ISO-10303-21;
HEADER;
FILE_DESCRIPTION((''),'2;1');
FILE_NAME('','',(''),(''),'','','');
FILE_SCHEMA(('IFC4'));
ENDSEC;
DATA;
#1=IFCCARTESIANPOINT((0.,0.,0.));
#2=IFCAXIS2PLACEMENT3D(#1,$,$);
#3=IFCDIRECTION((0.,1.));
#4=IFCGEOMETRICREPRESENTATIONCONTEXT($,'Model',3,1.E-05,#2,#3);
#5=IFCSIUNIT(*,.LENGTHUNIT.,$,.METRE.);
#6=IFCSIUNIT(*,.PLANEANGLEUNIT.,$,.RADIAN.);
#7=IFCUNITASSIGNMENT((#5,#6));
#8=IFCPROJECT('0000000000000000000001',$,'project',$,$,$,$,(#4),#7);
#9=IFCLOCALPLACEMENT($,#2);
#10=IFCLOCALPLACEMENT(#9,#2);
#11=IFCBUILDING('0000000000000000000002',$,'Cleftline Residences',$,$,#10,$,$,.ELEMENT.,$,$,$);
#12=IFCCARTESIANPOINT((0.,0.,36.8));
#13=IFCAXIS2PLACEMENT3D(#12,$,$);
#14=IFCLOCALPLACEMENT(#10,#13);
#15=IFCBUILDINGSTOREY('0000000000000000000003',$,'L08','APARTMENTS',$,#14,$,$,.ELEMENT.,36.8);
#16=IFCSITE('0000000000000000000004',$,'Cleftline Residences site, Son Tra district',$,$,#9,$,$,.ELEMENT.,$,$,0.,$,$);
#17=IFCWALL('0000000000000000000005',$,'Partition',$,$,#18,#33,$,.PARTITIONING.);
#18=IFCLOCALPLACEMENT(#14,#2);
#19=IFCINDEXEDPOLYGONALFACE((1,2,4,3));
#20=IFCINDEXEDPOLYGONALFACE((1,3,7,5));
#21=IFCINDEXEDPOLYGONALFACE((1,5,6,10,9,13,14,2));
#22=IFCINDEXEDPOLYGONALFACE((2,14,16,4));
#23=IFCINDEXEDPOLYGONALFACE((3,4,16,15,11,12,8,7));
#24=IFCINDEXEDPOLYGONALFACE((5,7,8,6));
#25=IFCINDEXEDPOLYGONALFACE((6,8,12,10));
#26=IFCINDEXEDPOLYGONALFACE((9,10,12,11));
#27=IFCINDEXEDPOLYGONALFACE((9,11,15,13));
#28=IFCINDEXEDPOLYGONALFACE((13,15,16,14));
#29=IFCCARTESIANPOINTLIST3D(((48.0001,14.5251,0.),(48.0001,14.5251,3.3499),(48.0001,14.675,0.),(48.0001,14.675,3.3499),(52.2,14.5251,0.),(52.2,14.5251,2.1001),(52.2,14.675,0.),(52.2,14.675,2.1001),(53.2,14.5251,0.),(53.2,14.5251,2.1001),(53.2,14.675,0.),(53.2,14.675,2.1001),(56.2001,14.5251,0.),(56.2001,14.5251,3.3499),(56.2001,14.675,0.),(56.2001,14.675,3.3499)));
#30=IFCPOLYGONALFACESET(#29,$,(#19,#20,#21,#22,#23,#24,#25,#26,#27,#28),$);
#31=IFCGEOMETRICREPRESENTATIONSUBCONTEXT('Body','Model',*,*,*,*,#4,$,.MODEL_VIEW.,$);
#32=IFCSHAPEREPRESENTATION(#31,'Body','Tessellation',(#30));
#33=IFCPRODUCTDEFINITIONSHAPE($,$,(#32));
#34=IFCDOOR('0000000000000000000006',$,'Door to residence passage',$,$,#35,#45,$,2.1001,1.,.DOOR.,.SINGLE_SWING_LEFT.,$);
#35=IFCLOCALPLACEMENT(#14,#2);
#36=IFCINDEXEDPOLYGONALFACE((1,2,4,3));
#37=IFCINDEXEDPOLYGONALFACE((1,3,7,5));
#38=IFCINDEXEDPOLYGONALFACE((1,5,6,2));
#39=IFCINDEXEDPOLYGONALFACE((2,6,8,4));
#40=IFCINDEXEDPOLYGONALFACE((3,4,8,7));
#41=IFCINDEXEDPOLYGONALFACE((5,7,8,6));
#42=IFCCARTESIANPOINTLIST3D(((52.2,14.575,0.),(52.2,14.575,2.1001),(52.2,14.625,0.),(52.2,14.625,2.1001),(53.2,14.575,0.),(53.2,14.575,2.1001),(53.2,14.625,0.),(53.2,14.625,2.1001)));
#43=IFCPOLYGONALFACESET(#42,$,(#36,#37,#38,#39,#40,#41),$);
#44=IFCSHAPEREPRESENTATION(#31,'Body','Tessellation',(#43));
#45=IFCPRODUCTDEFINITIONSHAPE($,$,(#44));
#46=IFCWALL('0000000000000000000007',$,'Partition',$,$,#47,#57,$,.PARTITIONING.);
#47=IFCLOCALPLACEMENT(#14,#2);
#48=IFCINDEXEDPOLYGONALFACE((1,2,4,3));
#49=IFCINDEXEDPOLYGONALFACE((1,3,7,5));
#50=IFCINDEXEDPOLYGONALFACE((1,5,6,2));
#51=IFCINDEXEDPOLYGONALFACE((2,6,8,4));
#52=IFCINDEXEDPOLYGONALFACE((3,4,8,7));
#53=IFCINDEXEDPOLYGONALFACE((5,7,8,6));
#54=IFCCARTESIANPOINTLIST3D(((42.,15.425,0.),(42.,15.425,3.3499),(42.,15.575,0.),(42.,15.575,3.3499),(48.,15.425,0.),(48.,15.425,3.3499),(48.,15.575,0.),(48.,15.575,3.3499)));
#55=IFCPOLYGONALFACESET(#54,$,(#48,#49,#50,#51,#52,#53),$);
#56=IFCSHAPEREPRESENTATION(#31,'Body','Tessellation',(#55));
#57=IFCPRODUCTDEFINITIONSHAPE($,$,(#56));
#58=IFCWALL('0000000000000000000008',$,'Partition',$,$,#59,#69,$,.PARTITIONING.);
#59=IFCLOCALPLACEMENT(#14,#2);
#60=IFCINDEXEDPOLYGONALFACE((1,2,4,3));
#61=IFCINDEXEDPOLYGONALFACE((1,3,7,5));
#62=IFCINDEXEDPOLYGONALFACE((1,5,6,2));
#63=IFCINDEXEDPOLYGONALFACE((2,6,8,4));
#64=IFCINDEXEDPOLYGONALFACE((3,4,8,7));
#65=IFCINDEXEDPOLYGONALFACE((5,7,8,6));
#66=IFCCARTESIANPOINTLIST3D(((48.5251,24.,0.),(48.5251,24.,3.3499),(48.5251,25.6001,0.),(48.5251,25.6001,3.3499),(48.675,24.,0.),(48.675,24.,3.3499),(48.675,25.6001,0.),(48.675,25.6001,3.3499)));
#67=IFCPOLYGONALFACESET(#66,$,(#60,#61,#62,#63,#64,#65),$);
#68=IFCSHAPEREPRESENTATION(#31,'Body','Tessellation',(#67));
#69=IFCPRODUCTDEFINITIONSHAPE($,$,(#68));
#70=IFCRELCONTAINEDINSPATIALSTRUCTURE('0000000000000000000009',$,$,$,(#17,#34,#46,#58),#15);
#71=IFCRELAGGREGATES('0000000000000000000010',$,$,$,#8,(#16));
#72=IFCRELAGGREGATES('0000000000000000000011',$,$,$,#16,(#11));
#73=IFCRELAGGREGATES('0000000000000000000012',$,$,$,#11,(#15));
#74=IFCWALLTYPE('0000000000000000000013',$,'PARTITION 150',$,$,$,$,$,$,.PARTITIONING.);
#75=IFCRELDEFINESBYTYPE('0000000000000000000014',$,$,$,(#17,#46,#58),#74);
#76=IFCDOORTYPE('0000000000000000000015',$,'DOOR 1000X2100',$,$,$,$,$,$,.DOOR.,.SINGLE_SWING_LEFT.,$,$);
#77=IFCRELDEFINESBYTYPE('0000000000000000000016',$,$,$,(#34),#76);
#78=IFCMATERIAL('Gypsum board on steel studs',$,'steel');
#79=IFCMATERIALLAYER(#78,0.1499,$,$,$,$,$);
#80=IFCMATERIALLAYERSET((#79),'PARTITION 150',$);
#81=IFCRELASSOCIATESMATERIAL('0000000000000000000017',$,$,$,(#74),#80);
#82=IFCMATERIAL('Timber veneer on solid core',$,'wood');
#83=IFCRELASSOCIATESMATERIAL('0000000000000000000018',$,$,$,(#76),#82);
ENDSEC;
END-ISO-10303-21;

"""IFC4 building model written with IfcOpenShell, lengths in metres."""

from ifc_helpers import new_model, si_unit, direction, frame, frame_2d, origin, place, context, subcontext, project, spatial, rectangle, extrude, material, layer, layer_set, type_object, element, fill, save


model = new_model("IFC4")

# Units and contexts
model_context = context("Model", 3, precision=1e-05, world=origin(), true_north=direction((0.0, 1.0)))
body_context = subcontext(model_context, "Body", "Model", "MODEL_VIEW")
ifc_project = project(units=[si_unit("LENGTHUNIT", "METRE"), si_unit("PLANEANGLEUNIT", "RADIAN")], contexts=[model_context])

# Site, building, storey
site_placement = place(None, origin())
site = spatial("IfcSite", under=ifc_project, at=site_placement, Name="Cleftline Residences site, Son Tra district", CompositionType="ELEMENT", RefElevation=0.0)
building_placement = place(site_placement, origin())
building = spatial("IfcBuilding", under=site, at=building_placement, Name="Cleftline Residences", CompositionType="ELEMENT")
storey_placement = place(building_placement, frame((0.0, 0.0, 36.8)))
storey = spatial("IfcBuildingStorey", under=building, at=storey_placement, Name="L08", Description="APARTMENTS", CompositionType="ELEMENT", Elevation=36.8)

# Wall, opening, door
ifc_material_1 = material(Name="Gypsum board on steel studs", Category="steel")
ifc_layer_1 = layer(ifc_material_1, 0.1499)
ifc_layer_set_1 = layer_set([ifc_layer_1], Name="PARTITION 150")
wall_type_1 = type_object("IfcWallType", Name="PARTITION 150", PredefinedType="PARTITIONING", material=ifc_layer_set_1)
wall_1_placement = place(storey_placement, frame((48.0, 14.6001, 0.0), z_axis=(0.0, 0.0, 1.0), x_axis=(1.0, 0.0, 0.0)))
wall_1 = element("IfcWall", 1, at=wall_1_placement, inside=storey, type_object=wall_type_1, Name="Partition", PredefinedType="PARTITIONING", context=body_context, shape_type="SweptSolid", body=[
    extrude(rectangle(XDim=8.2, YDim=0.1499, at=frame_2d((4.1001, 0.0))), origin(), (0.0, 0.0, 1.0), 3.3499),
])
opening_1_placement = place(wall_1_placement, frame((4.2, 0.0, 0.0)))
opening_1 = element("IfcOpeningElement", 2, at=opening_1_placement, cuts=wall_1, PredefinedType="OPENING", context=body_context, shape_type="SweptSolid", body=[
    extrude(rectangle(XDim=1.0, YDim=2.1001, at=frame_2d((0.5, 1.05))), frame((0.0, 0.085, 0.0), z_axis=(0.0, -1.0, 0.0), x_axis=(1.0, 0.0, 0.0)), (0.0, 0.0, 1.0), 0.1699),
])
ifc_material_2 = material(Name="Timber veneer on solid core", Category="wood")
door_type_1 = type_object("IfcDoorType", Name="DOOR 1000X2100", OperationType="SINGLE_SWING_LEFT", PredefinedType="DOOR", material=ifc_material_2)
door_1_placement = place(opening_1_placement, origin())
door_1 = element("IfcDoor", 3, at=door_1_placement, inside=storey, type_object=door_type_1, Name="Door to residence passage", OperationType="SINGLE_SWING_LEFT", OverallHeight=2.1001, OverallWidth=1.0, PredefinedType="DOOR", context=body_context, shape_type="SweptSolid", body=[
    extrude(rectangle(XDim=1.0, YDim=2.1001, at=frame_2d((0.5, 1.05))), frame((0.0, 0.0249, 0.0), z_axis=(0.0, -1.0, 0.0), x_axis=(1.0, 0.0, 0.0)), (0.0, 0.0, 1.0), 0.05),
])
fill(opening_1, door_1)

# Walls
wall_2_placement = place(storey_placement, frame((42.0, 15.5, 0.0), z_axis=(0.0, 0.0, 1.0), x_axis=(1.0, 0.0, 0.0)))
element("IfcWall", 4, at=wall_2_placement, inside=storey, type_object=wall_type_1, Name="Partition", PredefinedType="PARTITIONING", context=body_context, shape_type="SweptSolid", body=[
    extrude(rectangle(XDim=6.0, YDim=0.1499, at=frame_2d((3.0, 0.0))), origin(), (0.0, 0.0, 1.0), 3.3499),
])
wall_3_placement = place(storey_placement, frame((48.6001, 24.0, 0.0), z_axis=(0.0, 0.0, 1.0), x_axis=(0.0, 1.0, 0.0)))
element("IfcWall", 5, at=wall_3_placement, inside=storey, type_object=wall_type_1, Name="Partition", PredefinedType="PARTITIONING", context=body_context, shape_type="SweptSolid", body=[
    extrude(rectangle(XDim=1.6001, YDim=0.1499, at=frame_2d((0.8, 0.0))), origin(), (0.0, 0.0, 1.0), 3.3499),
])

save(model, "model.ifc")
